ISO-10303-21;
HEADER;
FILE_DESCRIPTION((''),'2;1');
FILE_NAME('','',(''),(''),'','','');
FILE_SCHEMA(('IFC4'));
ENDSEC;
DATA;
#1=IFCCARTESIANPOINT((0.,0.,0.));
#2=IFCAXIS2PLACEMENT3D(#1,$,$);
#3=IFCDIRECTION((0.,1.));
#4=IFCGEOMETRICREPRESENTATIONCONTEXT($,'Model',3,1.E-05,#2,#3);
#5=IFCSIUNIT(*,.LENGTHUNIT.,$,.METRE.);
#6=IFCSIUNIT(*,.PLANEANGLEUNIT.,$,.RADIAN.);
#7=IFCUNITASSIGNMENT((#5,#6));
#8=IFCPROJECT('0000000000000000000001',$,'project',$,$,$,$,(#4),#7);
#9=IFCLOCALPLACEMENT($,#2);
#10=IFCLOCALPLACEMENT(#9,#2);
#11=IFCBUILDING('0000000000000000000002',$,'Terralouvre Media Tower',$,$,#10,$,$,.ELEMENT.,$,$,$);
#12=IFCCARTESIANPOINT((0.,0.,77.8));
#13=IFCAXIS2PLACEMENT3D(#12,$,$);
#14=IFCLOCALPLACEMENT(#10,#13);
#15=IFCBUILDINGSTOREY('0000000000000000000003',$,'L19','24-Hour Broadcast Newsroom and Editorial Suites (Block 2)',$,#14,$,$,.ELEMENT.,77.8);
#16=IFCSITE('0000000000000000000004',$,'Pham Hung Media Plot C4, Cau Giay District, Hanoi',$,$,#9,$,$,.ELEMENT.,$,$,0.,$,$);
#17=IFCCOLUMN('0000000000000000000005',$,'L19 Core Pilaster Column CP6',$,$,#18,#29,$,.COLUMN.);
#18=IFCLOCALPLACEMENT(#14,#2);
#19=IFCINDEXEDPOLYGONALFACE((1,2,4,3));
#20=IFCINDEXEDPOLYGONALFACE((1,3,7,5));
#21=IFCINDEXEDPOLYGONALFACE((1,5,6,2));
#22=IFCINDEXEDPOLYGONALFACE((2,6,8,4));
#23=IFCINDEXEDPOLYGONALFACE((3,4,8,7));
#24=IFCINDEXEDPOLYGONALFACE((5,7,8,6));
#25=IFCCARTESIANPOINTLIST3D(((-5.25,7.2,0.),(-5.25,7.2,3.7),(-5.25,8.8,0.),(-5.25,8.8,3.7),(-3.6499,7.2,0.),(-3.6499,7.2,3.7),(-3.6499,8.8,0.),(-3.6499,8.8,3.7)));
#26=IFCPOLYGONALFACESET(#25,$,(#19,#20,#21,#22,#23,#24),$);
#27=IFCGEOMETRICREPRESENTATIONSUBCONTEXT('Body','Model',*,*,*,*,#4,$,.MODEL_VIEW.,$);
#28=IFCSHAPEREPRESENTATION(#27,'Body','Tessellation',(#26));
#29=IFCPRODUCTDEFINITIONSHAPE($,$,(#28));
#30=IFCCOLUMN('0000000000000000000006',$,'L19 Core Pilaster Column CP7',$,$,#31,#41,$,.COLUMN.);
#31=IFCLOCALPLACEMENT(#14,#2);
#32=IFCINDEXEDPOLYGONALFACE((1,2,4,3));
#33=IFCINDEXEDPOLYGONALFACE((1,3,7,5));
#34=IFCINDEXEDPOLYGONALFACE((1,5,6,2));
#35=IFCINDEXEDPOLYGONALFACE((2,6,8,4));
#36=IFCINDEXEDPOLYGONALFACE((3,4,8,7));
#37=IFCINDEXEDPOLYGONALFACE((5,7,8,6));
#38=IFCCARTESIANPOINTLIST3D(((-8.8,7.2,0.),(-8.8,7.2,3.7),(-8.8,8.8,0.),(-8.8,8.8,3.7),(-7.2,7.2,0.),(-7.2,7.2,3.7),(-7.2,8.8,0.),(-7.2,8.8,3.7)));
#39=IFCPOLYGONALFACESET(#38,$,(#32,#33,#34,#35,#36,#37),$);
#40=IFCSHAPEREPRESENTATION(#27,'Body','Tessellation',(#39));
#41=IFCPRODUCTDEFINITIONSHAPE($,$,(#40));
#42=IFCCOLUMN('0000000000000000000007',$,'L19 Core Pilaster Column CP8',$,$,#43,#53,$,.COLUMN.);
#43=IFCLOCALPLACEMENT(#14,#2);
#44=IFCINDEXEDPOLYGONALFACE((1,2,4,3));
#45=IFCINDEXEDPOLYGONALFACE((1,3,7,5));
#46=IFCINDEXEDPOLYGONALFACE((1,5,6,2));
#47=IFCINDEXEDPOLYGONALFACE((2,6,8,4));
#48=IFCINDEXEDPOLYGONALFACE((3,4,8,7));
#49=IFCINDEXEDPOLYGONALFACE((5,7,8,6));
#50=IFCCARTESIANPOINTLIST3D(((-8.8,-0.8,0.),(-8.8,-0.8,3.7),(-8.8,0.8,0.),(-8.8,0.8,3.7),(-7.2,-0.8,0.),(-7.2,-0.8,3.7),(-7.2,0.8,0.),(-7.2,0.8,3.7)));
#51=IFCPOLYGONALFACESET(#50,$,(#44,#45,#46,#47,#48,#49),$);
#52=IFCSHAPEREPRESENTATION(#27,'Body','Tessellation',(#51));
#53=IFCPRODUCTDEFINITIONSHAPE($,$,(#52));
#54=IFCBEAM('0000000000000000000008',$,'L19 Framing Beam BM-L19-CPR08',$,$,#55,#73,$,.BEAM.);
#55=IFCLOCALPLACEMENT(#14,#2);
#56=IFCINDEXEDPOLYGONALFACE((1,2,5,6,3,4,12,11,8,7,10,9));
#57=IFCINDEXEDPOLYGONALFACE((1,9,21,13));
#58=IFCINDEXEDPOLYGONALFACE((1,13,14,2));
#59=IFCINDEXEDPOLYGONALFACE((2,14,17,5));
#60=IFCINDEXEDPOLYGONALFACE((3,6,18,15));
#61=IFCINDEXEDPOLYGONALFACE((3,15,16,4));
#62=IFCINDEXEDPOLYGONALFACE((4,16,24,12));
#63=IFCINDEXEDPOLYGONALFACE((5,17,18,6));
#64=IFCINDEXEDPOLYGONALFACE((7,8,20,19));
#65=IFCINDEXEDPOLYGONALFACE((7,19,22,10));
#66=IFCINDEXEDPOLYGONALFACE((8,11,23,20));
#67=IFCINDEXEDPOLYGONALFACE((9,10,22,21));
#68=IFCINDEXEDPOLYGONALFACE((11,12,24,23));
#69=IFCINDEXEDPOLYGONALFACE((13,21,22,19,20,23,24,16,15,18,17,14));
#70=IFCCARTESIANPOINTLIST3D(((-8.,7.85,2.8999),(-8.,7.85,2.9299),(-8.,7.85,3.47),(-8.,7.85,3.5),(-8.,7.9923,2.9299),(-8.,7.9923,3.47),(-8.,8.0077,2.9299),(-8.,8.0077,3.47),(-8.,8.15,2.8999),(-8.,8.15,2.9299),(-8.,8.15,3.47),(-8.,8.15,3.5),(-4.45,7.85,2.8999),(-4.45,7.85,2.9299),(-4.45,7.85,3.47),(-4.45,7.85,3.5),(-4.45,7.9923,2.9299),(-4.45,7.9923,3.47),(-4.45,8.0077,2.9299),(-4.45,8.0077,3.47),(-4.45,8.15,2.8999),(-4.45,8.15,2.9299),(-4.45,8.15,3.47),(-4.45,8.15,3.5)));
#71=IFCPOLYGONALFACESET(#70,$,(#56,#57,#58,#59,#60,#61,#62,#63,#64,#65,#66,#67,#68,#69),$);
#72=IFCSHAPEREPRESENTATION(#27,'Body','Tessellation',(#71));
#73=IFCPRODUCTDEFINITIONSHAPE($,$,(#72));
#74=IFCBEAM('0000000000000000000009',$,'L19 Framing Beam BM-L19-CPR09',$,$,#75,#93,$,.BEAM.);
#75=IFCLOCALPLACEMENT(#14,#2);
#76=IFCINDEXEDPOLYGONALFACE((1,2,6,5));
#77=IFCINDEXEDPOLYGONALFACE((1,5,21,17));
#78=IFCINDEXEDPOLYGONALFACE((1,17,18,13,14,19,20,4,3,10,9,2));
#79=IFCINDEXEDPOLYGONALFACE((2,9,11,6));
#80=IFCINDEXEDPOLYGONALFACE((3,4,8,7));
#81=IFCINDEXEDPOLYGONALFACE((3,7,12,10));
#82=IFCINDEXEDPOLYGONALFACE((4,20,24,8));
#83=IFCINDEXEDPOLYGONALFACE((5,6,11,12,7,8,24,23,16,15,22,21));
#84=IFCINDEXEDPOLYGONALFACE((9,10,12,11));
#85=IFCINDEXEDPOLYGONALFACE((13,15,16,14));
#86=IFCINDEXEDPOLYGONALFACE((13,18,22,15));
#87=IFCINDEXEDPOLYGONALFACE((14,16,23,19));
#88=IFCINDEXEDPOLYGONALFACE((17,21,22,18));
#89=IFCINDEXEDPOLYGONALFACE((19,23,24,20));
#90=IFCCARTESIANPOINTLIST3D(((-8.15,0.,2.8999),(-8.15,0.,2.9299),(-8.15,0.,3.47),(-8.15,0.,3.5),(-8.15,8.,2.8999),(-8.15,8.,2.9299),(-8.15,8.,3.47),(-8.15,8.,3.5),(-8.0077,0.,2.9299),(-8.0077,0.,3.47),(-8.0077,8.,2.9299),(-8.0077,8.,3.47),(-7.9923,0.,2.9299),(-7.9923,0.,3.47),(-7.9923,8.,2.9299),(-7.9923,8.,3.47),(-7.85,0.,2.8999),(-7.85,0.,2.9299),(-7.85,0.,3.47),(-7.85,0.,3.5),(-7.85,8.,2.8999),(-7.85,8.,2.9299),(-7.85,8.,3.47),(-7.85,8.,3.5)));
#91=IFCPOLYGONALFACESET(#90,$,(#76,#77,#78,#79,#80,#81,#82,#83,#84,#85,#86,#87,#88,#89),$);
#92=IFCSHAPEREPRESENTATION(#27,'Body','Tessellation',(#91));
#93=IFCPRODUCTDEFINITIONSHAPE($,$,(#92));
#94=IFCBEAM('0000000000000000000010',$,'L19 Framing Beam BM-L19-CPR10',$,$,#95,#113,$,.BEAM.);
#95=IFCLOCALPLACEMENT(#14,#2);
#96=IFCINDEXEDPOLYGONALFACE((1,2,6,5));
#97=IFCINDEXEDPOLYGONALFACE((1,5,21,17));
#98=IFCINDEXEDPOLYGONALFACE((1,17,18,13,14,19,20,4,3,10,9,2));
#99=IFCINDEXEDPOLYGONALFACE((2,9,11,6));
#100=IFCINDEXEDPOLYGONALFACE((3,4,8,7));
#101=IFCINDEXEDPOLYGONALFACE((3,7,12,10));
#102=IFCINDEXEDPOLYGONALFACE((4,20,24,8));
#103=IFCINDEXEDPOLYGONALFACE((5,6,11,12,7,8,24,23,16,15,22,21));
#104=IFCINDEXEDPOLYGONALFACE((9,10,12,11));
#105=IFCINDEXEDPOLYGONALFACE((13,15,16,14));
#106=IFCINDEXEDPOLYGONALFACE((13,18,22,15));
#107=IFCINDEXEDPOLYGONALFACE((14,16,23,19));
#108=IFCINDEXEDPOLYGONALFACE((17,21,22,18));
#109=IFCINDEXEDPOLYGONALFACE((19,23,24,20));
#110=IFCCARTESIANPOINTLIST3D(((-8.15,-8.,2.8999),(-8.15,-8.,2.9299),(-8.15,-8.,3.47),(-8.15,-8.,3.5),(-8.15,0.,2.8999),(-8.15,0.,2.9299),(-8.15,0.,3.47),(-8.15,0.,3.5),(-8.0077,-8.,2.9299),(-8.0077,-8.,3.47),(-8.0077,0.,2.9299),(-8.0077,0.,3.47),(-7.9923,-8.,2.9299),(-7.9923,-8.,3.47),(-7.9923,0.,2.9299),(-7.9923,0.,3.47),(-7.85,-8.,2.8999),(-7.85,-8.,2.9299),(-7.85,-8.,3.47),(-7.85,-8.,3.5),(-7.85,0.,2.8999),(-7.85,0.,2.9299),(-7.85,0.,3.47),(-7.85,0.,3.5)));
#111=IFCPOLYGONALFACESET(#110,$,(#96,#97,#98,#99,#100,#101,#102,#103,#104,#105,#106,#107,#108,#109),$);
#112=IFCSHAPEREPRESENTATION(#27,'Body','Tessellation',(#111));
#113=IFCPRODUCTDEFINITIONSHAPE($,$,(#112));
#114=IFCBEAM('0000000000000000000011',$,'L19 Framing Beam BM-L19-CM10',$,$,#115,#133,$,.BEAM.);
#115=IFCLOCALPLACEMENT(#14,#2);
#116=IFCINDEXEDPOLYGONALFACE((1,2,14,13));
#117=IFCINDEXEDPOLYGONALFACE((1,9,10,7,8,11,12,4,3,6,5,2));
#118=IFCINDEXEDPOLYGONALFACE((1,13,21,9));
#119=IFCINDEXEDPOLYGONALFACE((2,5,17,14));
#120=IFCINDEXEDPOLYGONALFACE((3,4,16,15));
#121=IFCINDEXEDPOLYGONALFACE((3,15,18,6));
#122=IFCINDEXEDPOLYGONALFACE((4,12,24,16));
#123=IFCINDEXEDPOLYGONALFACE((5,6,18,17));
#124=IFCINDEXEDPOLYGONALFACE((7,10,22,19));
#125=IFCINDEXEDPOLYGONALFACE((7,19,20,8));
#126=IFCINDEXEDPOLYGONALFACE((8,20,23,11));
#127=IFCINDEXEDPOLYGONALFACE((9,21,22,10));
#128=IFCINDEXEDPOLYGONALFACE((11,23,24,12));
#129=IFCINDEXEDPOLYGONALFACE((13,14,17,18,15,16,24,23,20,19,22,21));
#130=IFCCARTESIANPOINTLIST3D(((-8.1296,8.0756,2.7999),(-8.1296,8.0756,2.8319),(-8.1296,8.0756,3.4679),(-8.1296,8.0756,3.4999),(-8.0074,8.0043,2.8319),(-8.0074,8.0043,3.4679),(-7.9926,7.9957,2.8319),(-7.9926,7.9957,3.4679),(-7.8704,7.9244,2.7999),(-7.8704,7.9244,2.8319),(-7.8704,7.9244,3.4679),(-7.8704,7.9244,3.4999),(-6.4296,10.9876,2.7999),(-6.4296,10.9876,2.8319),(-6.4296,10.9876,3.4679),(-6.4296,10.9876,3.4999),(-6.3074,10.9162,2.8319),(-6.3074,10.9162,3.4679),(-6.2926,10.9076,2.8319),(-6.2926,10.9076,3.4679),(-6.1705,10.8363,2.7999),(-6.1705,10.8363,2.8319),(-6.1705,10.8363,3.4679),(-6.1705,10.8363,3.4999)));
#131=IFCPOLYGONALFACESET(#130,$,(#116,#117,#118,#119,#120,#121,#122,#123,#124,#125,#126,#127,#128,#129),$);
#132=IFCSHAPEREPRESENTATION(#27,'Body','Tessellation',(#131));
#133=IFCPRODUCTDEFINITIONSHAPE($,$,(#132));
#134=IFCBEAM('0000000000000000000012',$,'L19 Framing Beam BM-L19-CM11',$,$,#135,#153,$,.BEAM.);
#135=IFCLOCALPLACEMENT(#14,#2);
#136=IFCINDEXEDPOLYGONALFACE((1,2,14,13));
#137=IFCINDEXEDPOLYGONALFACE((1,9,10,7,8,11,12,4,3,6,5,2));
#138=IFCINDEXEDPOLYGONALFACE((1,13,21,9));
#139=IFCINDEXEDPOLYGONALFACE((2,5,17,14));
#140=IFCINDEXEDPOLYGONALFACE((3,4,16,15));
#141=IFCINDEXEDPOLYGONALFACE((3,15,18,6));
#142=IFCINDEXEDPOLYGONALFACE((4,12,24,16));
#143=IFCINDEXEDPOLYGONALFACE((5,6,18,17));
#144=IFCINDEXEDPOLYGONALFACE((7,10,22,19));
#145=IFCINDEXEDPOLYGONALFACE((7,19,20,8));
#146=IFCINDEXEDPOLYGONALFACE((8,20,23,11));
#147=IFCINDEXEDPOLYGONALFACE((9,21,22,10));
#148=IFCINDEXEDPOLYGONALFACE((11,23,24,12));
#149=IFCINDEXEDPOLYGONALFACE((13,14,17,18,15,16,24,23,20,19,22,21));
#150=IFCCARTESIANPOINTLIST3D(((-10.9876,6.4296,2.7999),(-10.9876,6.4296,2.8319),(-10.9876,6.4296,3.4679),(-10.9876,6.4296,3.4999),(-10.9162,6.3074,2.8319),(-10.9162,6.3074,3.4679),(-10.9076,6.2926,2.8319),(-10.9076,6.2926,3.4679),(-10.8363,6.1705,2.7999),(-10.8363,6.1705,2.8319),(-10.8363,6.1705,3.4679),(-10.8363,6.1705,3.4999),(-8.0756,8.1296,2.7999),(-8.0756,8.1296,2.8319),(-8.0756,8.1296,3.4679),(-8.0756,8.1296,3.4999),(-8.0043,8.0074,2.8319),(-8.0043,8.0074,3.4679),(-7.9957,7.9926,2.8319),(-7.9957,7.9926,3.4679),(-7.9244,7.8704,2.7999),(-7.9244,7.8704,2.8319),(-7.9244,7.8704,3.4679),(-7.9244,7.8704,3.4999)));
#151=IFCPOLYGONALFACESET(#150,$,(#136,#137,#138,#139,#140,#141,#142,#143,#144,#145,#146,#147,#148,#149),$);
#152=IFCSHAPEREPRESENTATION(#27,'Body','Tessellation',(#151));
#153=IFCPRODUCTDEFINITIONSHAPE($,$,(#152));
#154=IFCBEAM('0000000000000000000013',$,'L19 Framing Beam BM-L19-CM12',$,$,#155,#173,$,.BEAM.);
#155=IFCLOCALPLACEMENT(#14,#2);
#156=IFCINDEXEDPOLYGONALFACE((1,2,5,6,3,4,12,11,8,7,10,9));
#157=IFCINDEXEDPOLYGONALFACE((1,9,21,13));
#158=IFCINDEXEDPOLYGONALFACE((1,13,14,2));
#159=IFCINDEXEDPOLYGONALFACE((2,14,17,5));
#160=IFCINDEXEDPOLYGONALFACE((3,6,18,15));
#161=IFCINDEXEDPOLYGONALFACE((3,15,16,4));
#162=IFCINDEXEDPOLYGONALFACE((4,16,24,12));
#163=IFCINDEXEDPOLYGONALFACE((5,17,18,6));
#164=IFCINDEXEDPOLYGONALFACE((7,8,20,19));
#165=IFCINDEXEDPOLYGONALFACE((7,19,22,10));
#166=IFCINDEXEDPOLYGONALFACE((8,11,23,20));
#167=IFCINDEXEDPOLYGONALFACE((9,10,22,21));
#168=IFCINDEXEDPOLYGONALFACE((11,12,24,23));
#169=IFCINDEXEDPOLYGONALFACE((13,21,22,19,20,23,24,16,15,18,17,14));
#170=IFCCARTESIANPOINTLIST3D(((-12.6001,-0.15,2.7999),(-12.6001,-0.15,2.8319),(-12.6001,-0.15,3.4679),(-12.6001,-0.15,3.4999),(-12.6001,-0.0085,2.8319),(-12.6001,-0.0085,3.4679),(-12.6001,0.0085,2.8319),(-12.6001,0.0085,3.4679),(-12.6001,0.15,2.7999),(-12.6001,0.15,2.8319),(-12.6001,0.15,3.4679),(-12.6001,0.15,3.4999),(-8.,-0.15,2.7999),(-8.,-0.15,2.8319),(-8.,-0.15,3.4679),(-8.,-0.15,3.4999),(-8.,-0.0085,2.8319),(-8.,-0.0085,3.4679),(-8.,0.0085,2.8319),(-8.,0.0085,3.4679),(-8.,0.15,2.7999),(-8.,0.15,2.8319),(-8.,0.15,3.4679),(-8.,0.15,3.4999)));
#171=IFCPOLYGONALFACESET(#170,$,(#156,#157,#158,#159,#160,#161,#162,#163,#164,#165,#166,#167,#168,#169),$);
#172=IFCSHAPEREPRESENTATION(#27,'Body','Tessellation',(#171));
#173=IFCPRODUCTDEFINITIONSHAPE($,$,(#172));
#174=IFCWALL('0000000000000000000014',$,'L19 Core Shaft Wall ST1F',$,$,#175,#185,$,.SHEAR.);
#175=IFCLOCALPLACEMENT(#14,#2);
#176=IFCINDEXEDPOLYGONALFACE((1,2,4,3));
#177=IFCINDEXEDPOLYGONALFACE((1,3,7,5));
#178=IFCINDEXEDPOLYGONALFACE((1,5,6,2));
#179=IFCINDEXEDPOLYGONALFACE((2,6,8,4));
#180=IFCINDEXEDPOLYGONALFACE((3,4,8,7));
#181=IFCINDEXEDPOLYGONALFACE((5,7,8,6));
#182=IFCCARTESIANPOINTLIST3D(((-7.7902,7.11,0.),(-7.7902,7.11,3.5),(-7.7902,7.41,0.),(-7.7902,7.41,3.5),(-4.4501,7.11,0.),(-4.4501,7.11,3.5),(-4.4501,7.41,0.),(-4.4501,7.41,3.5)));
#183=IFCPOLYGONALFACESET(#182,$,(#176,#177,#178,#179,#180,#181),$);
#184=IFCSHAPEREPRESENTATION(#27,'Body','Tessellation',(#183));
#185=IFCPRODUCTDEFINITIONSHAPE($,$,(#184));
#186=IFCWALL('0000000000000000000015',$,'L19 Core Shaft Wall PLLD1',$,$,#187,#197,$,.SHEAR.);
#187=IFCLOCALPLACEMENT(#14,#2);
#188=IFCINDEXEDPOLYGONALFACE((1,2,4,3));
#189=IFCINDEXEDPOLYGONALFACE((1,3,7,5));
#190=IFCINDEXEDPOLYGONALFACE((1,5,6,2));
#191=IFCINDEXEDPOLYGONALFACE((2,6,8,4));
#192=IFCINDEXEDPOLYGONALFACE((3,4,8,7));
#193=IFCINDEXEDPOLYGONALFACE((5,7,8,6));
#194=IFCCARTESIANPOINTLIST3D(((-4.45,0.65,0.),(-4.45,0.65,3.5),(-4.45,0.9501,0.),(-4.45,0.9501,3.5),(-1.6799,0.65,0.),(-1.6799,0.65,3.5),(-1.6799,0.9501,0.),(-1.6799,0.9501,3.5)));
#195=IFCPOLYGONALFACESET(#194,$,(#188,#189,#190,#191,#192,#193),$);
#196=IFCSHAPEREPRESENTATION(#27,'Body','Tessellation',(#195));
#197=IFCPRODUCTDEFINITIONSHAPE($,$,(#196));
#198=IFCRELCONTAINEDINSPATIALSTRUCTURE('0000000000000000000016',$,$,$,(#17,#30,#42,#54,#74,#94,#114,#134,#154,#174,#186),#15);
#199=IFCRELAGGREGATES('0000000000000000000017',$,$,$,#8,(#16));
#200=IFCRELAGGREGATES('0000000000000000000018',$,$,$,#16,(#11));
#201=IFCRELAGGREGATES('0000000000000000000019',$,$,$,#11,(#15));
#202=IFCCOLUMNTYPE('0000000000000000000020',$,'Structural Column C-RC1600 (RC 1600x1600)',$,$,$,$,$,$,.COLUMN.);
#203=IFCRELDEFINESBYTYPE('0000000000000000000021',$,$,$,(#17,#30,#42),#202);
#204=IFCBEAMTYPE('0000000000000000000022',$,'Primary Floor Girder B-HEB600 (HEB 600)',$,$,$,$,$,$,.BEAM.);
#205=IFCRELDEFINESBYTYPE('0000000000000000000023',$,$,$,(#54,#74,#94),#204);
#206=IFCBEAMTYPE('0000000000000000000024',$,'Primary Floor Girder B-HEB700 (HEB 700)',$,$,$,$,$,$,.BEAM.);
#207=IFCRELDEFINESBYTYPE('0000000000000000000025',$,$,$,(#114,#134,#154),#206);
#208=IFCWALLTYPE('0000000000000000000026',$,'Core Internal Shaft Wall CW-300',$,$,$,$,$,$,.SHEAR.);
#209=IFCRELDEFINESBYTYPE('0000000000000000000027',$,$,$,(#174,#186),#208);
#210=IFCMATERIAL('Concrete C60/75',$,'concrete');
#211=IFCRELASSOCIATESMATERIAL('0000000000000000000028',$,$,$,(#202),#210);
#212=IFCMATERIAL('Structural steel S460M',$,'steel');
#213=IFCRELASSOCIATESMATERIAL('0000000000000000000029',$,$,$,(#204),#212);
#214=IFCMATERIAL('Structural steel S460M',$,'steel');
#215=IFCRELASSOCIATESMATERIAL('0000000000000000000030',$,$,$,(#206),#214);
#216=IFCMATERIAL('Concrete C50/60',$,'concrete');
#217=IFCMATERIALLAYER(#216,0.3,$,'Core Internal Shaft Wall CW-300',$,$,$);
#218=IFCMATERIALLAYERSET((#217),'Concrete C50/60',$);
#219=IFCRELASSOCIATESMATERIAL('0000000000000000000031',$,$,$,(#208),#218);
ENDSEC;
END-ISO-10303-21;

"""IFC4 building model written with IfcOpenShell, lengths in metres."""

from ifc_helpers import new_model, si_unit, direction, frame, frame_2d, origin, origin_2d, place, context, subcontext, project, spatial, rectangle, i_section, extrude, material, layer, layer_set, material_profile, profile_set, type_object, element, save


model = new_model("IFC4")

# Units and contexts
model_context = context("Model", 3, precision=1e-05, world=origin(), true_north=direction((0.0, 1.0)))
body_context = subcontext(model_context, "Body", "Model", "MODEL_VIEW")
ifc_project = project(units=[si_unit("LENGTHUNIT", "METRE"), si_unit("PLANEANGLEUNIT", "RADIAN")], contexts=[model_context])

# Site, building, storey
site_placement = place(None, origin())
site = spatial("IfcSite", under=ifc_project, at=site_placement, Name="Pham Hung Media Plot C4, Cau Giay District, Hanoi", CompositionType="ELEMENT", RefElevation=0.0)
building_placement = place(site_placement, origin())
building = spatial("IfcBuilding", under=site, at=building_placement, Name="Terralouvre Media Tower", CompositionType="ELEMENT")
storey_placement = place(building_placement, frame((0.0, 0.0, 77.8)))
storey = spatial("IfcBuildingStorey", under=building, at=storey_placement, Name="L19", Description="24-Hour Broadcast Newsroom and Editorial Suites (Block 2)", CompositionType="ELEMENT", Elevation=77.8)

# Columns
ifc_material_1 = material(Name="Concrete C60/75", Category="concrete")
ifc_material_profile_1 = material_profile(ifc_material_1, rectangle(XDim=1.6001, YDim=1.6001, at=origin_2d()), Name="RC 1600x1600")
ifc_profile_set_1 = profile_set([ifc_material_profile_1], Name="Concrete C60/75")
column_type = type_object("IfcColumnType", Name="Structural Column C-RC1600 (RC 1600x1600)", PredefinedType="COLUMN", material=ifc_profile_set_1)
for number, where, z_axis, x_axis, name in (
    (1, (-4.45, 8.0, 0.0), (0.0, 0.0, 1.0), (1.0, 0.0, 0.0), "L19 Core Pilaster Column CP6"),
    (2, (-8.0, 8.0, 0.0), (0.0, 0.0, 1.0), (1.0, 0.0, 0.0), "L19 Core Pilaster Column CP7"),
    (3, (-8.0, 0.0, 0.0), (0.0, 0.0, 1.0), (1.0, 0.0, 0.0), "L19 Core Pilaster Column CP8"),
):
    element("IfcColumn", number, at=place(storey_placement, frame(where, z_axis=z_axis, x_axis=x_axis)), inside=storey, type_object=column_type, Name=name, PredefinedType="COLUMN", context=body_context, shape_type="SweptSolid", body=[
        extrude(rectangle(XDim=1.6001, YDim=1.6001, at=origin_2d()), origin(), (0.0, 0.0, 1.0), 3.7),
    ])

# Beams
ifc_material_2 = material(Name="Structural steel S460M", Category="steel")
ifc_material_profile_2 = material_profile(ifc_material_2, i_section(OverallWidth=0.3, OverallDepth=0.6001, WebThickness=0.0154, FlangeThickness=0.03, at=origin_2d()), Name="HEB 600")
ifc_profile_set_2 = profile_set([ifc_material_profile_2], Name="Structural steel S460M")
beam_type_1 = type_object("IfcBeamType", Name="Primary Floor Girder B-HEB600 (HEB 600)", PredefinedType="BEAM", material=ifc_profile_set_2)
beam_1_placement = place(storey_placement, frame((-4.45, 8.0, 3.2), z_axis=(-1.0, 0.0, 0.0), x_axis=(0.0, -1.0, 0.0)))
element("IfcBeam", 4, at=beam_1_placement, inside=storey, type_object=beam_type_1, Name="L19 Framing Beam BM-L19-CPR08", PredefinedType="BEAM", context=body_context, shape_type="SweptSolid", body=[
    extrude(i_section(OverallWidth=0.3, OverallDepth=0.6001, WebThickness=0.0154, FlangeThickness=0.03, at=origin_2d()), origin(), (0.0, 0.0, 1.0), 3.55),
])
for number, where, z_axis, x_axis, name in (
    (5, (-8.0, 8.0, 3.2), (0.0, -1.0, 0.0), (1.0, 0.0, 0.0), "L19 Framing Beam BM-L19-CPR09"),
    (6, (-8.0, 0.0, 3.2), (0.0, -1.0, 0.0), (1.0, 0.0, 0.0), "L19 Framing Beam BM-L19-CPR10"),
):
    element("IfcBeam", number, at=place(storey_placement, frame(where, z_axis=z_axis, x_axis=x_axis)), inside=storey, type_object=beam_type_1, Name=name, PredefinedType="BEAM", context=body_context, shape_type="SweptSolid", body=[
        extrude(i_section(OverallWidth=0.3, OverallDepth=0.6001, WebThickness=0.0154, FlangeThickness=0.03, at=origin_2d()), origin(), (0.0, 0.0, 1.0), 8.0),
    ])
ifc_material_3 = material(Name="Structural steel S460M", Category="steel")
ifc_material_profile_3 = material_profile(ifc_material_3, i_section(OverallWidth=0.3, OverallDepth=0.7, WebThickness=0.0171, FlangeThickness=0.032, at=origin_2d()), Name="HEB 700")
ifc_profile_set_3 = profile_set([ifc_material_profile_3], Name="Structural steel S460M")
beam_type_2 = type_object("IfcBeamType", Name="Primary Floor Girder B-HEB700 (HEB 700)", PredefinedType="BEAM", material=ifc_profile_set_3)
for number, where, z_axis, x_axis, name in (
    (7, (-8.0, 8.0, 3.1499), (0.504173, 0.863603, 0.0), (-0.863603, 0.504173, 0.0), "L19 Framing Beam BM-L19-CM10"),
    (8, (-8.0, 8.0, 3.1499), (-0.863603, -0.504173, 0.0), (0.504173, -0.863603, 0.0), "L19 Framing Beam BM-L19-CM11"),
):
    element("IfcBeam", number, at=place(storey_placement, frame(where, z_axis=z_axis, x_axis=x_axis)), inside=storey, type_object=beam_type_2, Name=name, PredefinedType="BEAM", context=body_context, shape_type="SweptSolid", body=[
        extrude(i_section(OverallWidth=0.3, OverallDepth=0.7, WebThickness=0.0171, FlangeThickness=0.032, at=origin_2d()), origin(), (0.0, 0.0, 1.0), 3.3718),
    ])
beam_2_placement = place(storey_placement, frame((-8.0, 0.0, 3.1499), z_axis=(-1.0, 0.0, 0.0), x_axis=(0.0, -1.0, 0.0)))
element("IfcBeam", 9, at=beam_2_placement, inside=storey, type_object=beam_type_2, Name="L19 Framing Beam BM-L19-CM12", PredefinedType="BEAM", context=body_context, shape_type="SweptSolid", body=[
    extrude(i_section(OverallWidth=0.3, OverallDepth=0.7, WebThickness=0.0171, FlangeThickness=0.032, at=origin_2d()), origin(), (0.0, 0.0, 1.0), 4.6001),
])

# Shared definitions
ifc_material_4 = material(Name="Concrete C50/60", Category="concrete")
ifc_layer_1 = layer(ifc_material_4, 0.3, Name="Core Internal Shaft Wall CW-300")
ifc_layer_set_1 = layer_set([ifc_layer_1], Name="Concrete C50/60")
wall_type_1 = type_object("IfcWallType", Name="Core Internal Shaft Wall CW-300", PredefinedType="SHEAR", material=ifc_layer_set_1)

# Walls
wall_1_placement = place(storey_placement, frame((-7.79, 7.26, 0.0), z_axis=(0.0, 0.0, 1.0), x_axis=(1.0, 0.0, 0.0)))
element("IfcWall", 10, at=wall_1_placement, inside=storey, type_object=wall_type_1, Name="L19 Core Shaft Wall ST1F", PredefinedType="SHEAR", context=body_context, shape_type="SweptSolid", body=[
    extrude(rectangle(XDim=3.3401, YDim=0.3, at=frame_2d((1.6699, 0.0))), origin(), (0.0, 0.0, 1.0), 3.5),
])
for number, where, z_axis, x_axis, name in (
    (11, (-4.45, 0.8, 0.0), (0.0, 0.0, 1.0), (1.0, 0.0, 0.0), "L19 Core Shaft Wall PLLD1"),
):
    element("IfcWall", number, at=place(storey_placement, frame(where, z_axis=z_axis, x_axis=x_axis)), inside=storey, type_object=wall_type_1, Name=name, PredefinedType="SHEAR", context=body_context, shape_type="SweptSolid", body=[
        extrude(rectangle(XDim=2.77, YDim=0.3, at=frame_2d((1.385, 0.0))), origin(), (0.0, 0.0, 1.0), 3.5),
    ])

save(model, "model.ifc")
